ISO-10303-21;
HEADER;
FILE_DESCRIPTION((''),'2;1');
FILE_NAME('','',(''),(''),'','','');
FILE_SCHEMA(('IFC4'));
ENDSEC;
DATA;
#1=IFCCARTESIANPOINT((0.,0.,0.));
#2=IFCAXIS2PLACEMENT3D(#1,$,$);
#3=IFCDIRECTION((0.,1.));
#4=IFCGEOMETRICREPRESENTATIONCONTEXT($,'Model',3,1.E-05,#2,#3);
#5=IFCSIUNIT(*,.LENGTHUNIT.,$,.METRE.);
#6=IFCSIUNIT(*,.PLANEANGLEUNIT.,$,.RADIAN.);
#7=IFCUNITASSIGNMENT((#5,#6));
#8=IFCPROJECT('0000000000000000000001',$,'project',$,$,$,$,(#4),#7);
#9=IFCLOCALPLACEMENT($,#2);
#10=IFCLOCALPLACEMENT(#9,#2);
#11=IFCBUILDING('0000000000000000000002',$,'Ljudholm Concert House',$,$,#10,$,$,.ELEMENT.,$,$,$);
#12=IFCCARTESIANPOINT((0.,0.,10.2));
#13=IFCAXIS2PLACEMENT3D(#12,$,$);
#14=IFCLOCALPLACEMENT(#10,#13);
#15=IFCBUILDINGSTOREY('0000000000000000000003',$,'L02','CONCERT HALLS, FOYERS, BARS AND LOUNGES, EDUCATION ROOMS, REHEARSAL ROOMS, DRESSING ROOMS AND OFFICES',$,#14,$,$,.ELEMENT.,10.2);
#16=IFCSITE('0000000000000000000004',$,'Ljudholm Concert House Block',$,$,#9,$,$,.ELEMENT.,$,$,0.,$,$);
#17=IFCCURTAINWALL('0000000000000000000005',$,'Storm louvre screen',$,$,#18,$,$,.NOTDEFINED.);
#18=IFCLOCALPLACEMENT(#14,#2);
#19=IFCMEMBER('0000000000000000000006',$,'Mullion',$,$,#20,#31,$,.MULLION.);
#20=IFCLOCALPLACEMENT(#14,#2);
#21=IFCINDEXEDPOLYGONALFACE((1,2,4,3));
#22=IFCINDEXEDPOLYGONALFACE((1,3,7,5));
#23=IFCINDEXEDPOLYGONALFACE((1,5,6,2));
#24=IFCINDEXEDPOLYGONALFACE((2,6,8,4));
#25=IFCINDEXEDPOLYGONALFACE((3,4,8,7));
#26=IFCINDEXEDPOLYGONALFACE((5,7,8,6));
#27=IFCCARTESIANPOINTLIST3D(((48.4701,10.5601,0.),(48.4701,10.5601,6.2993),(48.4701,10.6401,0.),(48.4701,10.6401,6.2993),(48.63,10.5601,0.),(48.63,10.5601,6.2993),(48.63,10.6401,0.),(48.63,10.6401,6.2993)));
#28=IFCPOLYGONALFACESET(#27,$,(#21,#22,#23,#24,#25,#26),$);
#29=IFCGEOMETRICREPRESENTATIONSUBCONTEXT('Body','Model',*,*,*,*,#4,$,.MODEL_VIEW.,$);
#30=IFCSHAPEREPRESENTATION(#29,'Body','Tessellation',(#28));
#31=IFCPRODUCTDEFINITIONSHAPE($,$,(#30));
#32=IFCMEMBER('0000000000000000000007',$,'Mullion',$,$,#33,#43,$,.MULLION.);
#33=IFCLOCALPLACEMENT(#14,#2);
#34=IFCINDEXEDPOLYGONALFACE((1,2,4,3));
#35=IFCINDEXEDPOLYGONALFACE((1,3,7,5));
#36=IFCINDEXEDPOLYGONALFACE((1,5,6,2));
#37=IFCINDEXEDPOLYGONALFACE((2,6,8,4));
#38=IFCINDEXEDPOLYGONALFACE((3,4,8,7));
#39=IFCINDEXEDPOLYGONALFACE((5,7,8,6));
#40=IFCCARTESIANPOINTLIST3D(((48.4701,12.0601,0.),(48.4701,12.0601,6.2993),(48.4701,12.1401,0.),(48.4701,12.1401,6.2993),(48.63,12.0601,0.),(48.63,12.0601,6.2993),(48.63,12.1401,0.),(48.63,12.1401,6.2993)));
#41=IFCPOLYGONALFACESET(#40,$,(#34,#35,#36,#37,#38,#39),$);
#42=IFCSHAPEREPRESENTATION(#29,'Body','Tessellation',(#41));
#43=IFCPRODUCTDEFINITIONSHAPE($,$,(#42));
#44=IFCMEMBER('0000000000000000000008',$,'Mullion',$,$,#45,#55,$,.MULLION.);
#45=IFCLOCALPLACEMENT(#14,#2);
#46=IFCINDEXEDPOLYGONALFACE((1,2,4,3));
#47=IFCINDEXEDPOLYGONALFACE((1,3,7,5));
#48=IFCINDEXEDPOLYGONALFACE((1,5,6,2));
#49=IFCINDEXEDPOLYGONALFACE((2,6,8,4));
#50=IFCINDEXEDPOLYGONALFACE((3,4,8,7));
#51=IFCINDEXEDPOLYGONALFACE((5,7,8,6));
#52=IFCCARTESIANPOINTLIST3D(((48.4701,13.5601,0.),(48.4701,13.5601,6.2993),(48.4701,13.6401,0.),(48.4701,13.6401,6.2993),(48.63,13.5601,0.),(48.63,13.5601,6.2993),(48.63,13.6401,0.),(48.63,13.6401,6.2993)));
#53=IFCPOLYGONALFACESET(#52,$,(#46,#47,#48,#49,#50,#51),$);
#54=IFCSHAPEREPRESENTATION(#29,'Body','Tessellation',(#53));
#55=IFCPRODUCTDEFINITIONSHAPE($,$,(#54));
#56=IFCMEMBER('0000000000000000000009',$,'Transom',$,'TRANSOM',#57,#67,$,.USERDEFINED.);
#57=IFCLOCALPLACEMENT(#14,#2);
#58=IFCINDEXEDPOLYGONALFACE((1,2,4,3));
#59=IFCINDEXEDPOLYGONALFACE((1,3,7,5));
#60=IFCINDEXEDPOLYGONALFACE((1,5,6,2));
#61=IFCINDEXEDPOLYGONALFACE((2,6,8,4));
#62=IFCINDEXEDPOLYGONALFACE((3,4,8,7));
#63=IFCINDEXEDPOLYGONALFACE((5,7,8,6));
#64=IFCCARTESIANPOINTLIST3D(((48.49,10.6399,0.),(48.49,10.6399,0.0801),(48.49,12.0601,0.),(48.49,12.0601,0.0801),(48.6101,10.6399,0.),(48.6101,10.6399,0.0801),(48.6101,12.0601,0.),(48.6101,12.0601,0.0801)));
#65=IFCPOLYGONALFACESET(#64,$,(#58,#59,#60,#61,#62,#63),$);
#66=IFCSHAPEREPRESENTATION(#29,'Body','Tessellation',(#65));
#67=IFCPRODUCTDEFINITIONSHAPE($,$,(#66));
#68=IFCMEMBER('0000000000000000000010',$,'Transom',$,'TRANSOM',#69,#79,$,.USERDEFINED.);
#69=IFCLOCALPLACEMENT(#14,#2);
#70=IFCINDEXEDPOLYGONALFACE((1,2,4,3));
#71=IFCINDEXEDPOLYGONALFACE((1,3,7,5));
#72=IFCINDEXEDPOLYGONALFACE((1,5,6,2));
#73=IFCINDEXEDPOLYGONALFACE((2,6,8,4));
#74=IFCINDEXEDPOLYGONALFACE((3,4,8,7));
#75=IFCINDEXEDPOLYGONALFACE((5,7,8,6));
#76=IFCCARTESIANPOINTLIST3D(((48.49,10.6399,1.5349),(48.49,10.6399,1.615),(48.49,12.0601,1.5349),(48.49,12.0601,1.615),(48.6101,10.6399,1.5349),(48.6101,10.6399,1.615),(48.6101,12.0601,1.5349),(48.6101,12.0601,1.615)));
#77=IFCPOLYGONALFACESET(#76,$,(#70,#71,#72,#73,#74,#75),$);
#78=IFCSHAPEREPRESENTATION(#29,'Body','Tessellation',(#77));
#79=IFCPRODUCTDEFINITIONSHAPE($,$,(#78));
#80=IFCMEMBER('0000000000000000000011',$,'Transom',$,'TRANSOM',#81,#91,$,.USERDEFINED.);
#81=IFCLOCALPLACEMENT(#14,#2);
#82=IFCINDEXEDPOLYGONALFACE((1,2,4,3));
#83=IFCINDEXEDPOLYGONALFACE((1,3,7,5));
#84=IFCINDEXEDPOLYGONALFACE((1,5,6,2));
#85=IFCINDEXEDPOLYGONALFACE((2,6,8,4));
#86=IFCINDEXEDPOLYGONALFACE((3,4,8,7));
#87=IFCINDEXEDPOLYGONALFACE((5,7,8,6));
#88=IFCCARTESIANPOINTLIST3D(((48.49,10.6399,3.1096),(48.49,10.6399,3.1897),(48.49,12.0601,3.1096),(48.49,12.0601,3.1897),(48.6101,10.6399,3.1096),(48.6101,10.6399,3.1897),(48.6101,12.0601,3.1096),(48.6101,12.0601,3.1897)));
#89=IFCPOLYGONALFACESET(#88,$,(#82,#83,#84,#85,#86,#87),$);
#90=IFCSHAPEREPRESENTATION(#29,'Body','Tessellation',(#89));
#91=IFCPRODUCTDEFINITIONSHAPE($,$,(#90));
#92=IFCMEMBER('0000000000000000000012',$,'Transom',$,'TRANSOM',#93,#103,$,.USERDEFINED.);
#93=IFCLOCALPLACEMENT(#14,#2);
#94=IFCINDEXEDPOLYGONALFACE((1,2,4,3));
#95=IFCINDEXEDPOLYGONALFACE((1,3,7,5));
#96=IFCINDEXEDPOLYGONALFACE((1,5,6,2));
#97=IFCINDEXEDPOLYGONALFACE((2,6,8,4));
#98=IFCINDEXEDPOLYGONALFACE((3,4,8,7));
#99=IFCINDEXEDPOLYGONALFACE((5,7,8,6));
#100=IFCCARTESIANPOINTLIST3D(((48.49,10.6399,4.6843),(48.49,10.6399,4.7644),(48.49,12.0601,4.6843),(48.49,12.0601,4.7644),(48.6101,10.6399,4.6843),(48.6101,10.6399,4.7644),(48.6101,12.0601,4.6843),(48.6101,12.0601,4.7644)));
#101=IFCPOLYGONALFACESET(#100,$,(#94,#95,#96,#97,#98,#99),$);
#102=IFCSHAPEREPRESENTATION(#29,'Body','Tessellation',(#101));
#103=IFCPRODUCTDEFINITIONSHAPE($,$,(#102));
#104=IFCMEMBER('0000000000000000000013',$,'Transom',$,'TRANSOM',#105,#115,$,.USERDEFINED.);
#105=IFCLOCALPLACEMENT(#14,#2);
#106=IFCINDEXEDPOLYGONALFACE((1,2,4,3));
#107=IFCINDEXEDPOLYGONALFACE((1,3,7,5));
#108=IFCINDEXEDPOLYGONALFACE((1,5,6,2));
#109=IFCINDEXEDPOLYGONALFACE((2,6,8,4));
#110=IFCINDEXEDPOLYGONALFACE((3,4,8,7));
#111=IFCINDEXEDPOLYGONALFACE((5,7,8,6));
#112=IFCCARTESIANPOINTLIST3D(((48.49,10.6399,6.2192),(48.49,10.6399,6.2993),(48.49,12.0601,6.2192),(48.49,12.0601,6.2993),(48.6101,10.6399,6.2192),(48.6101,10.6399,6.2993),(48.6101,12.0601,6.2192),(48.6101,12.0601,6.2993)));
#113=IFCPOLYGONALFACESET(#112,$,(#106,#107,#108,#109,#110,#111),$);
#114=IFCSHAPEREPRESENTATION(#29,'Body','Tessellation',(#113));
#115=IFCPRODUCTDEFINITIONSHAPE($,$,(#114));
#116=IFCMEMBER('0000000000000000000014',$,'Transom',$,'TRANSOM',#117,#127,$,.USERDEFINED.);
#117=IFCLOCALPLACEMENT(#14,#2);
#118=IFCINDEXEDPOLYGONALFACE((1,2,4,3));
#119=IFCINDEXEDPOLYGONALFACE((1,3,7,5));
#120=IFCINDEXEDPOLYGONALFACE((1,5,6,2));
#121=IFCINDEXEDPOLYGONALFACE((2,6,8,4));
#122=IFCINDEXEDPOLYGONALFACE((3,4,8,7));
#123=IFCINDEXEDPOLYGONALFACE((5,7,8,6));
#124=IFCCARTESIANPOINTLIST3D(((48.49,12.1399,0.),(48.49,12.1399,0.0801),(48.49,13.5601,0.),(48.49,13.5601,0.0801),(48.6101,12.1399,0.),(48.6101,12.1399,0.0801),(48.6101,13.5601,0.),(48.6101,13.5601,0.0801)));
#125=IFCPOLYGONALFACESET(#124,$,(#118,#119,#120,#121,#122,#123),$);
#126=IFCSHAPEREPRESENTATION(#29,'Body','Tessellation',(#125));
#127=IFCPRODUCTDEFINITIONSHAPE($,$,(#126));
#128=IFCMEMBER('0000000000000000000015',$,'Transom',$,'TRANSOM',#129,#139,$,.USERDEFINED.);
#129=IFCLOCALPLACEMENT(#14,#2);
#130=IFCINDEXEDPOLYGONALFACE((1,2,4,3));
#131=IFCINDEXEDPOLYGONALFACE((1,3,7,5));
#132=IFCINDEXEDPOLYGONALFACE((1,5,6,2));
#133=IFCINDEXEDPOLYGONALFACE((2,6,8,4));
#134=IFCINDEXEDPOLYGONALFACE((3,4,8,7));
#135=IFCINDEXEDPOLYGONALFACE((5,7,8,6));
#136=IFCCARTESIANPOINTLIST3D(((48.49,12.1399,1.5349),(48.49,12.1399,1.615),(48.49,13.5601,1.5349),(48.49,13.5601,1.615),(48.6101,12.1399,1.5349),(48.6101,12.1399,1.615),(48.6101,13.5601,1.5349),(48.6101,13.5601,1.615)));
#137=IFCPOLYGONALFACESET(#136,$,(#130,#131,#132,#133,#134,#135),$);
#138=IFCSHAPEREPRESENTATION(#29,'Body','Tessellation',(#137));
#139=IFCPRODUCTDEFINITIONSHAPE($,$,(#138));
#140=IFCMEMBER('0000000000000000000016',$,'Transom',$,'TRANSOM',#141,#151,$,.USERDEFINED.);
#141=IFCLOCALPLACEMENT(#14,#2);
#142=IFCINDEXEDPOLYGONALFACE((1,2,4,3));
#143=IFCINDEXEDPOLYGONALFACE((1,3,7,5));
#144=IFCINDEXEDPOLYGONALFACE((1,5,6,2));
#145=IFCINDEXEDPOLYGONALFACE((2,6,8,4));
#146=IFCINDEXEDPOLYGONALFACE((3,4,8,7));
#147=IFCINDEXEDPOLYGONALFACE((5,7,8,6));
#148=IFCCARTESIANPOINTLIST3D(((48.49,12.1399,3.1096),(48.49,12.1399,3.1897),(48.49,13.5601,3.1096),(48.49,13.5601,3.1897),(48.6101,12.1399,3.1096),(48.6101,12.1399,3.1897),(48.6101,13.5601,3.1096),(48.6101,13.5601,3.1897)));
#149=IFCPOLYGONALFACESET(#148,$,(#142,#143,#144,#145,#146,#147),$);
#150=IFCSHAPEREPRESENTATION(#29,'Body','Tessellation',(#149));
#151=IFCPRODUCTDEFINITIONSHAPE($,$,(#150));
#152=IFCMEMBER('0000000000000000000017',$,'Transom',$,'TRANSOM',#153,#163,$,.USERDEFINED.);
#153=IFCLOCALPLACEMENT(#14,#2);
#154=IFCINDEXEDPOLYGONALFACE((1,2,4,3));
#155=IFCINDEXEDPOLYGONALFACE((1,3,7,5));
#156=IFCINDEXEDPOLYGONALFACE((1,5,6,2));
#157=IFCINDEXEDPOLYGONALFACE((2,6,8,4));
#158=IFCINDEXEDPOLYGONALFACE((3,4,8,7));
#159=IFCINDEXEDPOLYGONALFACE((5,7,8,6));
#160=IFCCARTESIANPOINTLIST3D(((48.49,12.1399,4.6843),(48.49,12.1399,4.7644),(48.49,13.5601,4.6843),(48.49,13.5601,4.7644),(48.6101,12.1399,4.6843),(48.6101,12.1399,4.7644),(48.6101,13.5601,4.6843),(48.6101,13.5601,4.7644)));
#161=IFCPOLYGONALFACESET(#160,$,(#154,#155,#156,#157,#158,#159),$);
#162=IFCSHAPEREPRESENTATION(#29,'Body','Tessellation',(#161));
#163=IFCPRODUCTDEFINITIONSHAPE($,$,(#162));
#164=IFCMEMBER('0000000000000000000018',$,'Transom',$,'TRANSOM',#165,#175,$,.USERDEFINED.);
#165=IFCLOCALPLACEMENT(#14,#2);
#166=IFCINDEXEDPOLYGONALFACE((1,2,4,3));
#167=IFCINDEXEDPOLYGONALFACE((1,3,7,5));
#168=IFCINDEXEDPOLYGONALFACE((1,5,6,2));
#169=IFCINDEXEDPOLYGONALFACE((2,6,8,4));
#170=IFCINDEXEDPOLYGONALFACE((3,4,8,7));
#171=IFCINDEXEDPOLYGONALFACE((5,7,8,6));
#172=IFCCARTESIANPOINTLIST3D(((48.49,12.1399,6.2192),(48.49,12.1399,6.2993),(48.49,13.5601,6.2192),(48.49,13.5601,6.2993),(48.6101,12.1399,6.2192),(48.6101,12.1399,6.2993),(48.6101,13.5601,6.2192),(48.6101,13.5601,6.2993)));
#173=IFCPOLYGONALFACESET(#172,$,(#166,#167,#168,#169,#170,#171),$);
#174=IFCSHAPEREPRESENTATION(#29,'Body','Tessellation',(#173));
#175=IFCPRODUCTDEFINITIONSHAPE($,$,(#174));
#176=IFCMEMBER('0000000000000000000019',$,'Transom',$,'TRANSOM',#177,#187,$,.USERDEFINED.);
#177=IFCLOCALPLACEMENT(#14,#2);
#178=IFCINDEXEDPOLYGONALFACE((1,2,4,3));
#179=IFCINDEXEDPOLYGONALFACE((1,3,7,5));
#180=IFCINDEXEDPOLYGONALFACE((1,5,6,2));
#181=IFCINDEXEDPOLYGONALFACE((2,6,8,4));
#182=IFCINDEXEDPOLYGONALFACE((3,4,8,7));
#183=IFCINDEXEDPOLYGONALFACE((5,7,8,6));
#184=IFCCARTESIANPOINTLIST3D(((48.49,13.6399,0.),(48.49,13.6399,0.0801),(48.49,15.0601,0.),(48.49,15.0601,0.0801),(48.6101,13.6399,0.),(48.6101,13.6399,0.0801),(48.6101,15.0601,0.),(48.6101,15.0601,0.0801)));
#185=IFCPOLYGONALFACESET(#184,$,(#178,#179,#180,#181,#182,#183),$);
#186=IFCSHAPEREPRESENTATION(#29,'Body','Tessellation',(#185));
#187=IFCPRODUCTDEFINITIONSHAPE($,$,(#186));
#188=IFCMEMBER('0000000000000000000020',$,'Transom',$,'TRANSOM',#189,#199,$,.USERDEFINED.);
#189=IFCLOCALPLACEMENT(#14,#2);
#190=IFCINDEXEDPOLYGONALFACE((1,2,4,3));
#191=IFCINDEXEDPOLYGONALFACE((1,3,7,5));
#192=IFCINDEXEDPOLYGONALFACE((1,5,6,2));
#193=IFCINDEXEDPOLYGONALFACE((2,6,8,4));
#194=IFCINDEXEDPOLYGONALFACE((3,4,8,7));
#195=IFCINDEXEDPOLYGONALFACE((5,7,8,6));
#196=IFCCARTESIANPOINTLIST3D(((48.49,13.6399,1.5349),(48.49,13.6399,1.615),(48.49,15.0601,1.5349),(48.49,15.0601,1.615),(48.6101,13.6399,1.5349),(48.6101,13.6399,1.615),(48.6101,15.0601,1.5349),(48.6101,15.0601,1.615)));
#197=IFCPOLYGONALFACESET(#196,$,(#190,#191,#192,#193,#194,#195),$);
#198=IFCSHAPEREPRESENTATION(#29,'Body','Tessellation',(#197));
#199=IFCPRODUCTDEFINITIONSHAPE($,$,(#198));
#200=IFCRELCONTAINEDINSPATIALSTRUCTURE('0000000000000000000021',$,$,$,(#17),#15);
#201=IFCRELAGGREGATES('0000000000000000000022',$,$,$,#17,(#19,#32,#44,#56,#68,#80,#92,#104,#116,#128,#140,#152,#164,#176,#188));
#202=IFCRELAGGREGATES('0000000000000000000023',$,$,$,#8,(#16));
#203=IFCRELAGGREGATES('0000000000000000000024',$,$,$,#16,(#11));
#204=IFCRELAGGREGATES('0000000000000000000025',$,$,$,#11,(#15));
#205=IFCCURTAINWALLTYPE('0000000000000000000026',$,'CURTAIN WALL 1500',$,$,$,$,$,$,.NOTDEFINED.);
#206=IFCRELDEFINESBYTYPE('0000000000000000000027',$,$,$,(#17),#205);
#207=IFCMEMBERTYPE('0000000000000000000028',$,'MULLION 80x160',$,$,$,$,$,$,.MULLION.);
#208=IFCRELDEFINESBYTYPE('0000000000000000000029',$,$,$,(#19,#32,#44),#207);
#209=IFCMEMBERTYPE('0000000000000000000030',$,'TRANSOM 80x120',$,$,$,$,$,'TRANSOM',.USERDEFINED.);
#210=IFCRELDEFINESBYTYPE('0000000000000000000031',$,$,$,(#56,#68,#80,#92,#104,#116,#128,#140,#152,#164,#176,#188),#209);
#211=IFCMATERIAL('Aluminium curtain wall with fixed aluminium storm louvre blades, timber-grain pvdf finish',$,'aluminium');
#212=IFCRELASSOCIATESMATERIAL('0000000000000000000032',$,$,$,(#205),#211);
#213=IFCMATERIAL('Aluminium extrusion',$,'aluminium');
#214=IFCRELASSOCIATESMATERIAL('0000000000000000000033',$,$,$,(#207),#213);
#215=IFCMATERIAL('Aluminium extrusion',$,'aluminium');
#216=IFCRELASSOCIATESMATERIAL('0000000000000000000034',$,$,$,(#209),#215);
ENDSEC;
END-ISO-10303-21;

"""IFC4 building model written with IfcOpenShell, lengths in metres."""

from ifc_helpers import new_model, si_unit, direction, frame, origin, origin_2d, place, context, subcontext, project, spatial, rectangle, extrude, material, material_profile, profile_set, type_object, element, aggregate, save


model = new_model("IFC4")

# Units and contexts
model_context = context("Model", 3, precision=1e-05, world=origin(), true_north=direction((0.0, 1.0)))
body_context = subcontext(model_context, "Body", "Model", "MODEL_VIEW")
ifc_project = project(units=[si_unit("LENGTHUNIT", "METRE"), si_unit("PLANEANGLEUNIT", "RADIAN")], contexts=[model_context])

# Site, building, storey
site_placement = place(None, origin())
site = spatial("IfcSite", under=ifc_project, at=site_placement, Name="Ljudholm Concert House Block", CompositionType="ELEMENT", RefElevation=0.0)
building_placement = place(site_placement, origin())
building = spatial("IfcBuilding", under=site, at=building_placement, Name="Ljudholm Concert House", CompositionType="ELEMENT")
storey_placement = place(building_placement, frame((0.0, 0.0, 10.2)))
storey = spatial("IfcBuildingStorey", under=building, at=storey_placement, Name="L02", Description="CONCERT HALLS, FOYERS, BARS AND LOUNGES, EDUCATION ROOMS, REHEARSAL ROOMS, DRESSING ROOMS AND OFFICES", CompositionType="ELEMENT", Elevation=10.2)

# Curtain wall, members
ifc_material_1 = material(Name="Aluminium curtain wall with fixed aluminium storm louvre blades, timber-grain pvdf finish", Category="aluminium")
curtain_wall_type = type_object("IfcCurtainWallType", Name="CURTAIN WALL 1500", PredefinedType="NOTDEFINED", material=ifc_material_1)
curtain_wall_placement = place(storey_placement, origin())
curtain_wall = element("IfcCurtainWall", 1, at=curtain_wall_placement, inside=storey, type_object=curtain_wall_type, Name="Storm louvre screen", PredefinedType="NOTDEFINED")
ifc_material_2 = material(Name="Aluminium extrusion", Category="aluminium")
ifc_material_profile_1 = material_profile(ifc_material_2, rectangle(XDim=0.1599, YDim=0.0801, at=origin_2d()), Name="MULLION 80x160")
ifc_profile_set_1 = profile_set([ifc_material_profile_1], Name="Aluminium extrusion")
member_type_1 = type_object("IfcMemberType", Name="MULLION 80x160", PredefinedType="MULLION", material=ifc_profile_set_1)
member_1_placement = place(storey_placement, frame((48.55, 10.6001, 0.0), z_axis=(0.0, 0.0, 1.0), x_axis=(-1.0, 0.0, 0.0)))
member_1 = element("IfcMember", 2, at=member_1_placement, type_object=member_type_1, Name="Mullion", PredefinedType="MULLION", context=body_context, shape_type="SweptSolid", body=[
    extrude(rectangle(XDim=0.1599, YDim=0.0801, at=origin_2d()), origin(), (0.0, 0.0, 1.0), 6.2993),
])
member_2_placement = place(storey_placement, frame((48.55, 12.1001, 0.0), z_axis=(0.0, 0.0, 1.0), x_axis=(-1.0, 0.0, 0.0)))
member_2 = element("IfcMember", 3, at=member_2_placement, type_object=member_type_1, Name="Mullion", PredefinedType="MULLION", context=body_context, shape_type="SweptSolid", body=[
    extrude(rectangle(XDim=0.1599, YDim=0.0801, at=origin_2d()), origin(), (0.0, 0.0, 1.0), 6.2993),
])
member_3_placement = place(storey_placement, frame((48.55, 13.6001, 0.0), z_axis=(0.0, 0.0, 1.0), x_axis=(-1.0, 0.0, 0.0)))
member_3 = element("IfcMember", 4, at=member_3_placement, type_object=member_type_1, Name="Mullion", PredefinedType="MULLION", context=body_context, shape_type="SweptSolid", body=[
    extrude(rectangle(XDim=0.1599, YDim=0.0801, at=origin_2d()), origin(), (0.0, 0.0, 1.0), 6.2993),
])
ifc_material_3 = material(Name="Aluminium extrusion", Category="aluminium")
ifc_material_profile_2 = material_profile(ifc_material_3, rectangle(XDim=0.1201, YDim=0.0801, at=origin_2d()), Name="TRANSOM 80x120")
ifc_profile_set_2 = profile_set([ifc_material_profile_2], Name="Aluminium extrusion")
member_type_2 = type_object("IfcMemberType", Name="TRANSOM 80x120", ElementType="TRANSOM", PredefinedType="USERDEFINED", material=ifc_profile_set_2)
member_4_placement = place(storey_placement, frame((48.55, 10.6399, 0.04), z_axis=(0.0, 1.0, 0.0), x_axis=(-1.0, 0.0, 0.0)))
member_4 = element("IfcMember", 5, at=member_4_placement, type_object=member_type_2, Name="Transom", ObjectType="TRANSOM", PredefinedType="USERDEFINED", context=body_context, shape_type="SweptSolid", body=[
    extrude(rectangle(XDim=0.1201, YDim=0.0801, at=origin_2d()), origin(), (0.0, 0.0, 1.0), 1.4202),
])
member_5_placement = place(storey_placement, frame((48.55, 10.6399, 1.575), z_axis=(0.0, 1.0, 0.0), x_axis=(-1.0, 0.0, 0.0)))
member_5 = element("IfcMember", 6, at=member_5_placement, type_object=member_type_2, Name="Transom", ObjectType="TRANSOM", PredefinedType="USERDEFINED", context=body_context, shape_type="SweptSolid", body=[
    extrude(rectangle(XDim=0.1201, YDim=0.0801, at=origin_2d()), origin(), (0.0, 0.0, 1.0), 1.4202),
])
member_6_placement = place(storey_placement, frame((48.55, 10.6399, 3.1497), z_axis=(0.0, 1.0, 0.0), x_axis=(-1.0, 0.0, 0.0)))
member_6 = element("IfcMember", 7, at=member_6_placement, type_object=member_type_2, Name="Transom", ObjectType="TRANSOM", PredefinedType="USERDEFINED", context=body_context, shape_type="SweptSolid", body=[
    extrude(rectangle(XDim=0.1201, YDim=0.0801, at=origin_2d()), origin(), (0.0, 0.0, 1.0), 1.4202),
])
member_7_placement = place(storey_placement, frame((48.55, 10.6399, 4.7244), z_axis=(0.0, 1.0, 0.0), x_axis=(-1.0, 0.0, 0.0)))
member_7 = element("IfcMember", 8, at=member_7_placement, type_object=member_type_2, Name="Transom", ObjectType="TRANSOM", PredefinedType="USERDEFINED", context=body_context, shape_type="SweptSolid", body=[
    extrude(rectangle(XDim=0.1201, YDim=0.0801, at=origin_2d()), origin(), (0.0, 0.0, 1.0), 1.4202),
])
member_8_placement = place(storey_placement, frame((48.55, 10.6399, 6.2593), z_axis=(0.0, 1.0, 0.0), x_axis=(-1.0, 0.0, 0.0)))
member_8 = element("IfcMember", 9, at=member_8_placement, type_object=member_type_2, Name="Transom", ObjectType="TRANSOM", PredefinedType="USERDEFINED", context=body_context, shape_type="SweptSolid", body=[
    extrude(rectangle(XDim=0.1201, YDim=0.0801, at=origin_2d()), origin(), (0.0, 0.0, 1.0), 1.4202),
])
member_9_placement = place(storey_placement, frame((48.55, 12.1399, 0.04), z_axis=(0.0, 1.0, 0.0), x_axis=(-1.0, 0.0, 0.0)))
member_9 = element("IfcMember", 10, at=member_9_placement, type_object=member_type_2, Name="Transom", ObjectType="TRANSOM", PredefinedType="USERDEFINED", context=body_context, shape_type="SweptSolid", body=[
    extrude(rectangle(XDim=0.1201, YDim=0.0801, at=origin_2d()), origin(), (0.0, 0.0, 1.0), 1.4202),
])
member_10_placement = place(storey_placement, frame((48.55, 12.1399, 1.575), z_axis=(0.0, 1.0, 0.0), x_axis=(-1.0, 0.0, 0.0)))
member_10 = element("IfcMember", 11, at=member_10_placement, type_object=member_type_2, Name="Transom", ObjectType="TRANSOM", PredefinedType="USERDEFINED", context=body_context, shape_type="SweptSolid", body=[
    extrude(rectangle(XDim=0.1201, YDim=0.0801, at=origin_2d()), origin(), (0.0, 0.0, 1.0), 1.4202),
])
member_11_placement = place(storey_placement, frame((48.55, 12.1399, 3.1497), z_axis=(0.0, 1.0, 0.0), x_axis=(-1.0, 0.0, 0.0)))
member_11 = element("IfcMember", 12, at=member_11_placement, type_object=member_type_2, Name="Transom", ObjectType="TRANSOM", PredefinedType="USERDEFINED", context=body_context, shape_type="SweptSolid", body=[
    extrude(rectangle(XDim=0.1201, YDim=0.0801, at=origin_2d()), origin(), (0.0, 0.0, 1.0), 1.4202),
])
member_12_placement = place(storey_placement, frame((48.55, 12.1399, 4.7244), z_axis=(0.0, 1.0, 0.0), x_axis=(-1.0, 0.0, 0.0)))
member_12 = element("IfcMember", 13, at=member_12_placement, type_object=member_type_2, Name="Transom", ObjectType="TRANSOM", PredefinedType="USERDEFINED", context=body_context, shape_type="SweptSolid", body=[
    extrude(rectangle(XDim=0.1201, YDim=0.0801, at=origin_2d()), origin(), (0.0, 0.0, 1.0), 1.4202),
])
member_13_placement = place(storey_placement, frame((48.55, 12.1399, 6.2593), z_axis=(0.0, 1.0, 0.0), x_axis=(-1.0, 0.0, 0.0)))
member_13 = element("IfcMember", 14, at=member_13_placement, type_object=member_type_2, Name="Transom", ObjectType="TRANSOM", PredefinedType="USERDEFINED", context=body_context, shape_type="SweptSolid", body=[
    extrude(rectangle(XDim=0.1201, YDim=0.0801, at=origin_2d()), origin(), (0.0, 0.0, 1.0), 1.4202),
])
member_14_placement = place(storey_placement, frame((48.55, 13.6399, 0.04), z_axis=(0.0, 1.0, 0.0), x_axis=(-1.0, 0.0, 0.0)))
member_14 = element("IfcMember", 15, at=member_14_placement, type_object=member_type_2, Name="Transom", ObjectType="TRANSOM", PredefinedType="USERDEFINED", context=body_context, shape_type="SweptSolid", body=[
    extrude(rectangle(XDim=0.1201, YDim=0.0801, at=origin_2d()), origin(), (0.0, 0.0, 1.0), 1.4202),
])
member_15_placement = place(storey_placement, frame((48.55, 13.6399, 1.575), z_axis=(0.0, 1.0, 0.0), x_axis=(-1.0, 0.0, 0.0)))
member_15 = element("IfcMember", 16, at=member_15_placement, type_object=member_type_2, Name="Transom", ObjectType="TRANSOM", PredefinedType="USERDEFINED", context=body_context, shape_type="SweptSolid", body=[
    extrude(rectangle(XDim=0.1201, YDim=0.0801, at=origin_2d()), origin(), (0.0, 0.0, 1.0), 1.4202),
])
aggregate(curtain_wall, [member_1, member_2, member_3, member_4, member_5, member_6, member_7, member_8, member_9, member_10, member_11, member_12, member_13, member_14, member_15])

save(model, "model.ifc")
